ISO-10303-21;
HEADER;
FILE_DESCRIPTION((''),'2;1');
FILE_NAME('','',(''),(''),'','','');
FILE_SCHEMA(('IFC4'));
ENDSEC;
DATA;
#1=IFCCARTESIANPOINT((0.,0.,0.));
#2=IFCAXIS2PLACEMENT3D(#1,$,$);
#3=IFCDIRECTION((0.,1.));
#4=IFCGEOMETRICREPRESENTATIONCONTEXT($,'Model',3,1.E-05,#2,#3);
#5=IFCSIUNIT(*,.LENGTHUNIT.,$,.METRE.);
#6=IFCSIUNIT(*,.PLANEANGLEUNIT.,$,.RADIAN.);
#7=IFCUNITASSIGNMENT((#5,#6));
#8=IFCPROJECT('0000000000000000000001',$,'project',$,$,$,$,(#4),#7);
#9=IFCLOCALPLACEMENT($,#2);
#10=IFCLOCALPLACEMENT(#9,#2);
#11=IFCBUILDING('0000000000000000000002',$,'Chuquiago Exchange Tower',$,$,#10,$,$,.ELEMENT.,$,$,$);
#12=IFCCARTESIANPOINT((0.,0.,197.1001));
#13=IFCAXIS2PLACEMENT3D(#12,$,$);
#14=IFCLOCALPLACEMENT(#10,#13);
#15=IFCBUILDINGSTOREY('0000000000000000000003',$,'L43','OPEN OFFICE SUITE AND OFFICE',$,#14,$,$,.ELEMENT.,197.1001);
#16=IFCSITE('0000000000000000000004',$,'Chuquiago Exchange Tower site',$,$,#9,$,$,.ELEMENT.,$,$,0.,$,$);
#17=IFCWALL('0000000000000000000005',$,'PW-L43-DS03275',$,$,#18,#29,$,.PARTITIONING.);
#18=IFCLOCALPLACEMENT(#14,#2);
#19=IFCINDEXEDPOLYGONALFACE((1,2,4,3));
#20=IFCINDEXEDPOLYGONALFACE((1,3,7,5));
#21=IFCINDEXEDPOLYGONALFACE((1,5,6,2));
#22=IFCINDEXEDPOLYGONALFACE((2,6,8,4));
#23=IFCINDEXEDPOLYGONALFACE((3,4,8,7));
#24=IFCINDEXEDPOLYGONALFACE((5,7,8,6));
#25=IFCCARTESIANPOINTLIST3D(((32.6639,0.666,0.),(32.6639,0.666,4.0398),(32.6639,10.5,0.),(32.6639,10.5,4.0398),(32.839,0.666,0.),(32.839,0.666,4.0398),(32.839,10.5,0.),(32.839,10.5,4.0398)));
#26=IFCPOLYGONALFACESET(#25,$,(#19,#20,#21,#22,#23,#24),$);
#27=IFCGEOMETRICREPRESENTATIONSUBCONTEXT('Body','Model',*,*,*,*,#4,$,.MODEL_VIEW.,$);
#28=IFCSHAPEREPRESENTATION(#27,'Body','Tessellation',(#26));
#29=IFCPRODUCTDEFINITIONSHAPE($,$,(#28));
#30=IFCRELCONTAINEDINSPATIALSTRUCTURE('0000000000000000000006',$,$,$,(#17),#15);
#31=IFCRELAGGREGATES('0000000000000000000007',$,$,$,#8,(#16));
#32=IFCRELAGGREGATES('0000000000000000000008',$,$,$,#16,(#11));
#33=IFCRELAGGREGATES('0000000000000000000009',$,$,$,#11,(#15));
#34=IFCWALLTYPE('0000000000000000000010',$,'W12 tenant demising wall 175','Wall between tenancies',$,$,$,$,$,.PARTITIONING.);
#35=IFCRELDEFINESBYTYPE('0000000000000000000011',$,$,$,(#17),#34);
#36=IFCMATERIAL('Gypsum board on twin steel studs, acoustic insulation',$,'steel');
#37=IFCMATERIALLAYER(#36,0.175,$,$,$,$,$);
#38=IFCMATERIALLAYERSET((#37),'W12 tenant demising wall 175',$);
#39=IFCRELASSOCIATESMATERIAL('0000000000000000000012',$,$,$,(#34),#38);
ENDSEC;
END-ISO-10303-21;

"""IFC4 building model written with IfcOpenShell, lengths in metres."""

from ifc_helpers import new_model, si_unit, direction, frame, frame_2d, origin, place, context, subcontext, project, spatial, rectangle, extrude, material, layer, layer_set, type_object, element, save


model = new_model("IFC4")

# Units and contexts
model_context = context("Model", 3, precision=1e-05, world=origin(), true_north=direction((0.0, 1.0)))
body_context = subcontext(model_context, "Body", "Model", "MODEL_VIEW")
ifc_project = project(units=[si_unit("LENGTHUNIT", "METRE"), si_unit("PLANEANGLEUNIT", "RADIAN")], contexts=[model_context])

# Site, building, storey
site_placement = place(None, origin())
site = spatial("IfcSite", under=ifc_project, at=site_placement, Name="Chuquiago Exchange Tower site", CompositionType="ELEMENT", RefElevation=0.0)
building_placement = place(site_placement, origin())
building = spatial("IfcBuilding", under=site, at=building_placement, Name="Chuquiago Exchange Tower", CompositionType="ELEMENT")
storey_placement = place(building_placement, frame((0.0, 0.0, 197.1001)))
storey = spatial("IfcBuildingStorey", under=building, at=storey_placement, Name="L43", Description="OPEN OFFICE SUITE AND OFFICE", CompositionType="ELEMENT", Elevation=197.1001)

# Wall
ifc_material_1 = material(Name="Gypsum board on twin steel studs, acoustic insulation", Category="steel")
ifc_layer_1 = layer(ifc_material_1, 0.175)
ifc_layer_set_1 = layer_set([ifc_layer_1], Name="W12 tenant demising wall 175")
wall_type_1 = type_object("IfcWallType", Name="W12 tenant demising wall 175", Description="Wall between tenancies", PredefinedType="PARTITIONING", material=ifc_layer_set_1)
wall_1_placement = place(storey_placement, frame((32.7515, 0.666, 0.0), z_axis=(0.0, 0.0, 1.0), x_axis=(0.0, 1.0, 0.0)))
element("IfcWall", 1, at=wall_1_placement, inside=storey, type_object=wall_type_1, Name="PW-L43-DS03275", PredefinedType="PARTITIONING", context=body_context, shape_type="SweptSolid", body=[
    extrude(rectangle(XDim=9.834, YDim=0.175, at=frame_2d((4.917, 0.0))), origin(), (0.0, 0.0, 1.0), 4.0398),
])

save(model, "model.ifc")
